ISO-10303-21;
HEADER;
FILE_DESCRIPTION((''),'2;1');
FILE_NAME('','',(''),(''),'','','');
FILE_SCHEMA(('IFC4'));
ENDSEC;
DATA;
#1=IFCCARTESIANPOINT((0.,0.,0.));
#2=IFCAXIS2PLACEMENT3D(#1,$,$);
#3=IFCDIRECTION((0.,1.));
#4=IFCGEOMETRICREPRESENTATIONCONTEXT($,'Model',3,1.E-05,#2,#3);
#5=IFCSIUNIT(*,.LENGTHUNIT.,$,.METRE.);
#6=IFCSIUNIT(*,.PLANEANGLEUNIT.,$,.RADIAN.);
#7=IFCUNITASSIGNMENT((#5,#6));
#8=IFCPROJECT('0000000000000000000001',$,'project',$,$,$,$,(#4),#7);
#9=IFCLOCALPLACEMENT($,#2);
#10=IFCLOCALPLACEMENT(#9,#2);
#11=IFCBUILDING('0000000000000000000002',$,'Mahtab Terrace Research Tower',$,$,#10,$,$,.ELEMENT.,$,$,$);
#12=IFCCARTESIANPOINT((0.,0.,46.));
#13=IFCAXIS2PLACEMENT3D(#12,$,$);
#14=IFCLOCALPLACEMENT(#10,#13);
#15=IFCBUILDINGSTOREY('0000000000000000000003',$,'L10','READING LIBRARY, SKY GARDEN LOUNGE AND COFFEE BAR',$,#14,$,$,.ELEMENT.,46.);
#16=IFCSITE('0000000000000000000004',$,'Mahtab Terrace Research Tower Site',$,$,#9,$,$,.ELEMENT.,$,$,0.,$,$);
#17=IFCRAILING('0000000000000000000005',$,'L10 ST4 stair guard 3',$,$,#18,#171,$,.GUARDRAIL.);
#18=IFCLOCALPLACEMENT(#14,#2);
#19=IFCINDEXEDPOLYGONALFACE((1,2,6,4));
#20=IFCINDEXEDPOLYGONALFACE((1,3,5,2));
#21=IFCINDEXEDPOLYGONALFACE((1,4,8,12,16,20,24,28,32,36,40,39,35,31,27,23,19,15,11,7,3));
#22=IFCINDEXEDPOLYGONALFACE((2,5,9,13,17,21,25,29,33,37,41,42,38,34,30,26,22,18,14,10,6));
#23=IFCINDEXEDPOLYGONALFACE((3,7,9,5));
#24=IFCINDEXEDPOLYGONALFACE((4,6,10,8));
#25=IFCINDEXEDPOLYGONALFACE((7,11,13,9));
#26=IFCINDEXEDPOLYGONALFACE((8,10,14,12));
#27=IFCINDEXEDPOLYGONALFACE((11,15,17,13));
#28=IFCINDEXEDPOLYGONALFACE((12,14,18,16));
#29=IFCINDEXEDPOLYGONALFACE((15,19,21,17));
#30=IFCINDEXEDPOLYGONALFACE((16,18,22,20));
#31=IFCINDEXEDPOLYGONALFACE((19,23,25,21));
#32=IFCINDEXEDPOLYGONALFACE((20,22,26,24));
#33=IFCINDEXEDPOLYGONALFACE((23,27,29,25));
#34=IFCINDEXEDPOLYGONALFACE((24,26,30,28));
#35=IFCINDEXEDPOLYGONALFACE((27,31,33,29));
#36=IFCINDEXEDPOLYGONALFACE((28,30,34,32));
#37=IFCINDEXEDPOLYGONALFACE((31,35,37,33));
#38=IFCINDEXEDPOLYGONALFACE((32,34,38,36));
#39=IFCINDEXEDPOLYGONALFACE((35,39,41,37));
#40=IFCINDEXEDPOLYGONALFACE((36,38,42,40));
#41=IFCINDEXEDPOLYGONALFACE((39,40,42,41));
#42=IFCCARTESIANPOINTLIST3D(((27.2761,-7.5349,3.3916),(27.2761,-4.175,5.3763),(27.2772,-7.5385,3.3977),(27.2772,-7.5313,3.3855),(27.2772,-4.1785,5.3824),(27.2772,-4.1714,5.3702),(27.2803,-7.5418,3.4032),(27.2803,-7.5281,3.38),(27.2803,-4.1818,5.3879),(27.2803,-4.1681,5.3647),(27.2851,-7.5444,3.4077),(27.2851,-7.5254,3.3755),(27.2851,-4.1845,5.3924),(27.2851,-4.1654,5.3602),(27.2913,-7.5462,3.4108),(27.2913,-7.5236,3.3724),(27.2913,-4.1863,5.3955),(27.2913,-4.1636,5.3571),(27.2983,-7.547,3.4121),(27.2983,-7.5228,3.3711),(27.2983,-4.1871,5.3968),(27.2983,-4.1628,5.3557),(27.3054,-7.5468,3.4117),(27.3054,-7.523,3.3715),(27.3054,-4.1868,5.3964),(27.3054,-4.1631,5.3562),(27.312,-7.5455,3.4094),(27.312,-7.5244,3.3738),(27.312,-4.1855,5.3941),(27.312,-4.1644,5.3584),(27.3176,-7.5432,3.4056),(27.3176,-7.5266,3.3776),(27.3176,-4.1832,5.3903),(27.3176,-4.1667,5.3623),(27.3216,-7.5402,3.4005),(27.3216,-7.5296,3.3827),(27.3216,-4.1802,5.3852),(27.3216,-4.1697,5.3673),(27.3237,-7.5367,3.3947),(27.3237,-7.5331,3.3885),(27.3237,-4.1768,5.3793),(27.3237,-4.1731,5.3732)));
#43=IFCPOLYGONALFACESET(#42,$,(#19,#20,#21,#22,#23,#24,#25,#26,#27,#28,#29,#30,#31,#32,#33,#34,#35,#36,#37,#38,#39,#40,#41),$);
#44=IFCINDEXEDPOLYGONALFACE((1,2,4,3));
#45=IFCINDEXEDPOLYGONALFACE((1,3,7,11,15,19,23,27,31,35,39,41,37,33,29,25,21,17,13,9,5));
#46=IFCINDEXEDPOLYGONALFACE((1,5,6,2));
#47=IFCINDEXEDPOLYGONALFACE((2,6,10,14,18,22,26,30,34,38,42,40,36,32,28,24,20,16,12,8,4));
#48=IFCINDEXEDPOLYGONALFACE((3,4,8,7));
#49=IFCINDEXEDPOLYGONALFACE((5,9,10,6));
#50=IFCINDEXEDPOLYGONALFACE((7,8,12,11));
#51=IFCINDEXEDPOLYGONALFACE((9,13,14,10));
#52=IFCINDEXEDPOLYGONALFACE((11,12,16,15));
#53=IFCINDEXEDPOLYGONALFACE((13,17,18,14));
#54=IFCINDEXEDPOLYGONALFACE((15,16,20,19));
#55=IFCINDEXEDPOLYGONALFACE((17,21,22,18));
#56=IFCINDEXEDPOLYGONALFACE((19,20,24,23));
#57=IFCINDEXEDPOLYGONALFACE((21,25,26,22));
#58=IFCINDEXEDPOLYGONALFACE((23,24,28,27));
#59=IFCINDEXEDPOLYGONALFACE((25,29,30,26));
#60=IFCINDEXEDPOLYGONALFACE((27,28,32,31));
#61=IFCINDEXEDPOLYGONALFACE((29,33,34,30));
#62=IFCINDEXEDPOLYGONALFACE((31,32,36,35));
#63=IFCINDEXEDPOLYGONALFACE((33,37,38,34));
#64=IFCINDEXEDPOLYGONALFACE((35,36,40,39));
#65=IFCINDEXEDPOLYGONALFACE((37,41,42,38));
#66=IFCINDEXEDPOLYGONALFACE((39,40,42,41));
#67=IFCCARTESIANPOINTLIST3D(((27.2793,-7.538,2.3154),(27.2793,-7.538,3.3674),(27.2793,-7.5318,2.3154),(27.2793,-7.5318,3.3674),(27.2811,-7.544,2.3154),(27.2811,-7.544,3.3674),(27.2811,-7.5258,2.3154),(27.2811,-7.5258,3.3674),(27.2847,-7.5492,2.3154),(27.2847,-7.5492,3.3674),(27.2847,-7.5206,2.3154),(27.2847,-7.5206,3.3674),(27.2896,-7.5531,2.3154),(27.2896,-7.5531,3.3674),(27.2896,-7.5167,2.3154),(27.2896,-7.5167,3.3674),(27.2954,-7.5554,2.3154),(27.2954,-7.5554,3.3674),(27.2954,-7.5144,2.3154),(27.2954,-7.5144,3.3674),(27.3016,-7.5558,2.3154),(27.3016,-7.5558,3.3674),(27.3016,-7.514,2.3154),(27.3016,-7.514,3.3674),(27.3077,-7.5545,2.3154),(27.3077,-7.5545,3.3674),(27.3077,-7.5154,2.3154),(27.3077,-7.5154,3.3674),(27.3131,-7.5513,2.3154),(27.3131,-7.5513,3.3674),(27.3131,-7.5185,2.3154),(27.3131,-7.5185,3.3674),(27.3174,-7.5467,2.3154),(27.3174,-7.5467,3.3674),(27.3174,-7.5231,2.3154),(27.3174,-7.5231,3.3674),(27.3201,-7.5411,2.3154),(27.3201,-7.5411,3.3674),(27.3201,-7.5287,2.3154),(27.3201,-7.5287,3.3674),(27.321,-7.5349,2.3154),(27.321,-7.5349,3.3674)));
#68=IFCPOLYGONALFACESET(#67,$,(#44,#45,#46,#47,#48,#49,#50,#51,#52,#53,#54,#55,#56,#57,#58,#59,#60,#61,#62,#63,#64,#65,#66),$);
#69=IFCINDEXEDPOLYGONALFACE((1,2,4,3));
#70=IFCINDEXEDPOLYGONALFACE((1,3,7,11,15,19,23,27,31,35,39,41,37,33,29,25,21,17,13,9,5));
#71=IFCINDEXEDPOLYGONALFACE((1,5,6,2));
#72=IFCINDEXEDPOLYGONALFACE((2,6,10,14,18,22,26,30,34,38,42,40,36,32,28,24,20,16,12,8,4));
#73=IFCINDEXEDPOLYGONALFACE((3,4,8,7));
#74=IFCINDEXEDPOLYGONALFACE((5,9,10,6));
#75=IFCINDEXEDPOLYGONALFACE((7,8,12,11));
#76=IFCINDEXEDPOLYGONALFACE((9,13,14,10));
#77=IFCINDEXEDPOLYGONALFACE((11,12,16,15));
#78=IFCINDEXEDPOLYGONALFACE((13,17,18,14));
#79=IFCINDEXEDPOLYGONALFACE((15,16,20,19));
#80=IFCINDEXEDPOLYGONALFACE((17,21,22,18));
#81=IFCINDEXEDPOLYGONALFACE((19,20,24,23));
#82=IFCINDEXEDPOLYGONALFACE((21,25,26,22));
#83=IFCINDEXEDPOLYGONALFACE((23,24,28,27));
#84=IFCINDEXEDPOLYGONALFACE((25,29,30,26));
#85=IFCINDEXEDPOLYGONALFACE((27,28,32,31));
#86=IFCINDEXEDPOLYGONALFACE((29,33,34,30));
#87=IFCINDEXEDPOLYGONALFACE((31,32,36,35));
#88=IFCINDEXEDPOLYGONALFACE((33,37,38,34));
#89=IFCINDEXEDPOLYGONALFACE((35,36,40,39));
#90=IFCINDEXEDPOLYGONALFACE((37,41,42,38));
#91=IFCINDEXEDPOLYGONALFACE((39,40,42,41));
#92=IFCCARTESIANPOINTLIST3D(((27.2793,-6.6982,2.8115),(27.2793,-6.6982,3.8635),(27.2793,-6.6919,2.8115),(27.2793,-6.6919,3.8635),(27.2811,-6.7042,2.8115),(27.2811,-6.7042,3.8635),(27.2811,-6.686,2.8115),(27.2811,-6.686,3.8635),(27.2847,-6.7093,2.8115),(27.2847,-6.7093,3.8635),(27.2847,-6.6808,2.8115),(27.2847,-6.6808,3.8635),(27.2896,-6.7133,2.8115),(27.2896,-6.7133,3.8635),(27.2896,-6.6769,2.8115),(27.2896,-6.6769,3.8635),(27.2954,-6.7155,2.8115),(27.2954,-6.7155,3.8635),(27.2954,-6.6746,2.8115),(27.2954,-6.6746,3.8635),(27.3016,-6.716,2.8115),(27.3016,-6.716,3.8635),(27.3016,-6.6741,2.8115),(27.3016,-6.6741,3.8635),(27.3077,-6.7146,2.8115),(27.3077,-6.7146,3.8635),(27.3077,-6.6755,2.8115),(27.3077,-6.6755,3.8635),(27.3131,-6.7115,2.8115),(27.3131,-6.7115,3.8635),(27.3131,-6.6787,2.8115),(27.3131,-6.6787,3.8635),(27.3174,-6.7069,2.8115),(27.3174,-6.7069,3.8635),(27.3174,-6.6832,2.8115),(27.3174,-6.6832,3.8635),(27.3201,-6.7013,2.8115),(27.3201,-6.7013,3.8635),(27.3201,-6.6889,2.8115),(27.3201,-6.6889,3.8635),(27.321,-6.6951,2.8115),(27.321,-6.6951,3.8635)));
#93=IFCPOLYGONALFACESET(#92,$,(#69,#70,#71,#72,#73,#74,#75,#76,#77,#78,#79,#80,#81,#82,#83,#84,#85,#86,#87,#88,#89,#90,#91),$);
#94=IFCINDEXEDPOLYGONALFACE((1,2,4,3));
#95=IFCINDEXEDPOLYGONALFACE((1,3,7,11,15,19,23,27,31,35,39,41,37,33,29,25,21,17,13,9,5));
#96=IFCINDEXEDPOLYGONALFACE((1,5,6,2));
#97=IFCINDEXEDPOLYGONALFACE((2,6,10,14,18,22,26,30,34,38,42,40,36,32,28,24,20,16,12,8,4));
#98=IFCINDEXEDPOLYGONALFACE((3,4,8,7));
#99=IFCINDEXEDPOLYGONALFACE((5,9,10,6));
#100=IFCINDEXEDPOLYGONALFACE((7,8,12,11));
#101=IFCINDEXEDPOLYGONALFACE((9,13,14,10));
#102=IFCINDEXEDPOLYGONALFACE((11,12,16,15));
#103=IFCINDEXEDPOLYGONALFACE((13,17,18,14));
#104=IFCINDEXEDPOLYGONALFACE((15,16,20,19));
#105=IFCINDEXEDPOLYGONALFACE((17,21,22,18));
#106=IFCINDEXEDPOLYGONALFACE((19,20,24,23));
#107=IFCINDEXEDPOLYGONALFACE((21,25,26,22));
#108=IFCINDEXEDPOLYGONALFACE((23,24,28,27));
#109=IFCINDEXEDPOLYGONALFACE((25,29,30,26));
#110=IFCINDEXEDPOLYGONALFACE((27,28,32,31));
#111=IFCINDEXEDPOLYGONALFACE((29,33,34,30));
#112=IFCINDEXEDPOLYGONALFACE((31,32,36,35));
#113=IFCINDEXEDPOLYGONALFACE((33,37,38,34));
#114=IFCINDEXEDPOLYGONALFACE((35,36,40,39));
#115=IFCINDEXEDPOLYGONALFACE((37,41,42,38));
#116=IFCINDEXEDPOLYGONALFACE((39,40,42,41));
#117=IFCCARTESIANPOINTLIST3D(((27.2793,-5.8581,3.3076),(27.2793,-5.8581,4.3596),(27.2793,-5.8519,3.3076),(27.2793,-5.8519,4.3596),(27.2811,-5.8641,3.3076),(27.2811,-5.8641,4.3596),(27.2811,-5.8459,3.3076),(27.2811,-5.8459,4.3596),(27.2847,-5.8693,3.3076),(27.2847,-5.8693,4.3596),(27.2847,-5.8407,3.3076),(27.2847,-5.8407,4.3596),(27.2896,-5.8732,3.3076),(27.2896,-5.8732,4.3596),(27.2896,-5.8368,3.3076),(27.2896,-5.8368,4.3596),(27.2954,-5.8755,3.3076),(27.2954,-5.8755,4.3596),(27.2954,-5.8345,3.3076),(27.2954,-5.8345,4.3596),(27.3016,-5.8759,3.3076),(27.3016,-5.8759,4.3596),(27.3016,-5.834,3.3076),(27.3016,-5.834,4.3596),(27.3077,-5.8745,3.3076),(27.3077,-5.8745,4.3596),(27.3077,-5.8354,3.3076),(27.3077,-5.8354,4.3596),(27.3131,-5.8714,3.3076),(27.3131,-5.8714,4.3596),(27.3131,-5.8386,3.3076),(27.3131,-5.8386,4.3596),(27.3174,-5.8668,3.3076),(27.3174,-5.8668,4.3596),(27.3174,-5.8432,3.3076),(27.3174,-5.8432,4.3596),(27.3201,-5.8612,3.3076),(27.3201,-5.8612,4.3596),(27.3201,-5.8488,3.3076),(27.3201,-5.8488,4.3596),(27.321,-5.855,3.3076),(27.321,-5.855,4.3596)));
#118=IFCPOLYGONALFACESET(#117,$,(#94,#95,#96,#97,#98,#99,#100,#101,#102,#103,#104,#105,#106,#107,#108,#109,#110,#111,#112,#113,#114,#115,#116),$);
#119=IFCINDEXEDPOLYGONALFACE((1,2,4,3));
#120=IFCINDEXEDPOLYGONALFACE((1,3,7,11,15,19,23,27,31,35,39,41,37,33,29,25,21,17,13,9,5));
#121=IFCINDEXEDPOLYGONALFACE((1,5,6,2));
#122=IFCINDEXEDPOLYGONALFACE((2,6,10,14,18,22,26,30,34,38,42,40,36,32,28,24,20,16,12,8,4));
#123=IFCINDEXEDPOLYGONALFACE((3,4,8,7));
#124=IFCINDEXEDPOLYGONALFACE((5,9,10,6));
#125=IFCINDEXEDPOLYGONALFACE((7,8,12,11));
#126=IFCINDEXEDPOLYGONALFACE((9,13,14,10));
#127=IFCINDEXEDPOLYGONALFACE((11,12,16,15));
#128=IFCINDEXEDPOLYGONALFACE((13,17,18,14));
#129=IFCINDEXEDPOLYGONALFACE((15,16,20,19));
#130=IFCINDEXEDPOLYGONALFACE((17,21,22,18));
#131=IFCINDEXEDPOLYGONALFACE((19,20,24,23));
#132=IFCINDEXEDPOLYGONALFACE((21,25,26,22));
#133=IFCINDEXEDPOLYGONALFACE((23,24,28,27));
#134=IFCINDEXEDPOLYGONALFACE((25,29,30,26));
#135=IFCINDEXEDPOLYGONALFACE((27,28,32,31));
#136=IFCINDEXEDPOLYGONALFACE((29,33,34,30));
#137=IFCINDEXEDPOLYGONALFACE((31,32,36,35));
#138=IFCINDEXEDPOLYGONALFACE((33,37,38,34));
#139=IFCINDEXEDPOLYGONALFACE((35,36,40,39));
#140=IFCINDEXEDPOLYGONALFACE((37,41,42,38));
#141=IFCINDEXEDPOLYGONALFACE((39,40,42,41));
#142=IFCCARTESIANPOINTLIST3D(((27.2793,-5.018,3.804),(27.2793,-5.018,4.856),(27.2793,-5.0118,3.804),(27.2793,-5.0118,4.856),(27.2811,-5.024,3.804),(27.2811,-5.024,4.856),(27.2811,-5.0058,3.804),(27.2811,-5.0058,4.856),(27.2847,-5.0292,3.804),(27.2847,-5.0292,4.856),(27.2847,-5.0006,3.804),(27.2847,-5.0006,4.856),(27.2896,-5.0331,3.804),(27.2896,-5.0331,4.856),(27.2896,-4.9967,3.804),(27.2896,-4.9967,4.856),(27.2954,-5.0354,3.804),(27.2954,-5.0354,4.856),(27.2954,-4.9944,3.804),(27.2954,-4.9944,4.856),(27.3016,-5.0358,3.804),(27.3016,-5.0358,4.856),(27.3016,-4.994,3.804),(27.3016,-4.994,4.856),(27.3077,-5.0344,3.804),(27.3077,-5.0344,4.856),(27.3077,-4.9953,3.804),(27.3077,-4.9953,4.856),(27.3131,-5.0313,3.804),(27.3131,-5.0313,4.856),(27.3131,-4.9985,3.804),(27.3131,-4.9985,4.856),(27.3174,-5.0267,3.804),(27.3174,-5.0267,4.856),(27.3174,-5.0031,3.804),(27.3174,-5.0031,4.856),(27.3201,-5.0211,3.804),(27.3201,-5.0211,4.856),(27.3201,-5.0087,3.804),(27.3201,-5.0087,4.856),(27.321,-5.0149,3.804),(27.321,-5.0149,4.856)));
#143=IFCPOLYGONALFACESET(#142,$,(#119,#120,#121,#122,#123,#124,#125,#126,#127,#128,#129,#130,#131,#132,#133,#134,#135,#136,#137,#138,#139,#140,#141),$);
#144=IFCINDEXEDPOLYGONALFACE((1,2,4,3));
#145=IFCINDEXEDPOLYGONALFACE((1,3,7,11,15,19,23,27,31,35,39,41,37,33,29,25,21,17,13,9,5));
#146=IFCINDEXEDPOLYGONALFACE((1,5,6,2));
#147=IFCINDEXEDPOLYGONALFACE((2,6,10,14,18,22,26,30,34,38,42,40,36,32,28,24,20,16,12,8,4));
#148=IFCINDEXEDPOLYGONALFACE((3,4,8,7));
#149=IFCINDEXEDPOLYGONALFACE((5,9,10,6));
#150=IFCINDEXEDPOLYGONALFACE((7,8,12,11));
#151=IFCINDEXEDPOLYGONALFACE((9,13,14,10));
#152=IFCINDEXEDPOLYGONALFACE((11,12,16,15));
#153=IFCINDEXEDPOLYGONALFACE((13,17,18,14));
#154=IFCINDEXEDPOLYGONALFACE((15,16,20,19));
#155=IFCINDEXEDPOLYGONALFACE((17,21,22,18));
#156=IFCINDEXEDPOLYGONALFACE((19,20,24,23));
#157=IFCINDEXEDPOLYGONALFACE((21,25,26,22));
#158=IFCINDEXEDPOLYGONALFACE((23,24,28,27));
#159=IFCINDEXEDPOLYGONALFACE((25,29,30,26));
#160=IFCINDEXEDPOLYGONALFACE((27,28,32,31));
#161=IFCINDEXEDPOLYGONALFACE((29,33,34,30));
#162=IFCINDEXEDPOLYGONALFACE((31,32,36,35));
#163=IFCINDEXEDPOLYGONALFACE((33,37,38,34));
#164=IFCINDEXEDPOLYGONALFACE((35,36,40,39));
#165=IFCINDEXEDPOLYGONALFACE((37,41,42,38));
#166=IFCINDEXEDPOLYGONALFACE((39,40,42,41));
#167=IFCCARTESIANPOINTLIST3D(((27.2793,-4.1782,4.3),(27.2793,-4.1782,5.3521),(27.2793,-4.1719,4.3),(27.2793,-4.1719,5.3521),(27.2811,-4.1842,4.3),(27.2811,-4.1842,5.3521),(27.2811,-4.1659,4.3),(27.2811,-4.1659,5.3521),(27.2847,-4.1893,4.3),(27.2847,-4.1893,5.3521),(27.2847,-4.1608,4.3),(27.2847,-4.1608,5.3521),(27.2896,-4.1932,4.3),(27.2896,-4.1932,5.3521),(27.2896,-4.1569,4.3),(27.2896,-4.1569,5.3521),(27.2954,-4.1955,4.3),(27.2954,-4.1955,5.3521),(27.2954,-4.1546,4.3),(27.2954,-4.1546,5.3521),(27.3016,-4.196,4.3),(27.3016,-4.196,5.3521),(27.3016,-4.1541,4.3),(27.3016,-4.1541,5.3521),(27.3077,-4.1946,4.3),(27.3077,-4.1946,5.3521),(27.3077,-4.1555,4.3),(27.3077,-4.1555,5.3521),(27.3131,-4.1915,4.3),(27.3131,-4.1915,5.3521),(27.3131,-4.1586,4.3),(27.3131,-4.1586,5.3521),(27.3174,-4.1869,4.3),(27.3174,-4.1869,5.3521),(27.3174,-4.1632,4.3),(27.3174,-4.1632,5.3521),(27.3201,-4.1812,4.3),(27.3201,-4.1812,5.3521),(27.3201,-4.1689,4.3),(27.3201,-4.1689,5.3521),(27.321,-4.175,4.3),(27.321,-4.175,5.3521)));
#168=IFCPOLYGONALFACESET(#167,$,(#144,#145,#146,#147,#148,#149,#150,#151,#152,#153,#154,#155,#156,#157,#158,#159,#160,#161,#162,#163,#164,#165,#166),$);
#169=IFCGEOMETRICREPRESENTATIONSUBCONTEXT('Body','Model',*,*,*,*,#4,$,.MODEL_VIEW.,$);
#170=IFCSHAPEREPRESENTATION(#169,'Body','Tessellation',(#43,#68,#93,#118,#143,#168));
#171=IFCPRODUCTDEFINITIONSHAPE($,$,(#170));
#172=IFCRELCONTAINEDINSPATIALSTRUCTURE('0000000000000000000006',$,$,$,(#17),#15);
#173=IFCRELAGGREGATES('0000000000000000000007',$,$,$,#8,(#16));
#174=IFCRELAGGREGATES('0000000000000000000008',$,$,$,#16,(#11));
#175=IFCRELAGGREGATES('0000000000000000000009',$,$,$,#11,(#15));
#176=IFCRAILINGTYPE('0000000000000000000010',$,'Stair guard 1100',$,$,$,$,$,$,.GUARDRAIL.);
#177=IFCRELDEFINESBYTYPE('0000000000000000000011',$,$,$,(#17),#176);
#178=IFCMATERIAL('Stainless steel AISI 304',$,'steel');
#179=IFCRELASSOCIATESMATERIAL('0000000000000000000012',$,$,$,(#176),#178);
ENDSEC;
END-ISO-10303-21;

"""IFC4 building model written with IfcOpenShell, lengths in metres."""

from ifc_helpers import new_model, si_unit, direction, frame, origin, origin_2d, place, context, subcontext, project, spatial, circle, extrude, material, type_object, element, save


model = new_model("IFC4")

# Units and contexts
model_context = context("Model", 3, precision=1e-05, world=origin(), true_north=direction((0.0, 1.0)))
body_context = subcontext(model_context, "Body", "Model", "MODEL_VIEW")
ifc_project = project(units=[si_unit("LENGTHUNIT", "METRE"), si_unit("PLANEANGLEUNIT", "RADIAN")], contexts=[model_context])

# Site, building, storey
site_placement = place(None, origin())
site = spatial("IfcSite", under=ifc_project, at=site_placement, Name="Mahtab Terrace Research Tower Site", CompositionType="ELEMENT", RefElevation=0.0)
building_placement = place(site_placement, origin())
building = spatial("IfcBuilding", under=site, at=building_placement, Name="Mahtab Terrace Research Tower", CompositionType="ELEMENT")
storey_placement = place(building_placement, frame((0.0, 0.0, 46.0)))
storey = spatial("IfcBuildingStorey", under=building, at=storey_placement, Name="L10", Description="READING LIBRARY, SKY GARDEN LOUNGE AND COFFEE BAR", CompositionType="ELEMENT", Elevation=46.0)

# Shared definitions
ifc_material_1 = material(Name="Stainless steel AISI 304", Category="steel")

# Railing
railing_type = type_object("IfcRailingType", Name="Stair guard 1100", PredefinedType="GUARDRAIL", material=ifc_material_1)
railing_1_placement = place(storey_placement, frame((27.3, -7.5349, 2.3154)))
element("IfcRailing", 1, at=railing_1_placement, inside=storey, type_object=railing_type, Name="L10 ST4 stair guard 3", PredefinedType="GUARDRAIL", context=body_context, shape_type="SweptSolid", body=[
    extrude(circle(Radius=0.0239, at=origin_2d()), frame((0.0, 0.0, 1.0762), z_axis=(0.0, 0.861011, 0.508586), x_axis=(-1.0, 0.0, 0.0)), (0.0, 0.0, 1.0), 3.9023),
    extrude(circle(Radius=0.021, at=origin_2d()), origin(), (0.0, 0.0, 1.0), 1.052),
    extrude(circle(Radius=0.021, at=origin_2d()), frame((0.0, 0.8398, 0.4961)), (0.0, 0.0, 1.0), 1.052),
    extrude(circle(Radius=0.021, at=origin_2d()), frame((0.0, 1.6799, 0.9922)), (0.0, 0.0, 1.0), 1.052),
    extrude(circle(Radius=0.021, at=origin_2d()), frame((0.0, 2.52, 1.4885)), (0.0, 0.0, 1.0), 1.052),
    extrude(circle(Radius=0.021, at=origin_2d()), frame((0.0, 3.3599, 1.9846)), (0.0, 0.0, 1.0), 1.052),
])

save(model, "model.ifc")
